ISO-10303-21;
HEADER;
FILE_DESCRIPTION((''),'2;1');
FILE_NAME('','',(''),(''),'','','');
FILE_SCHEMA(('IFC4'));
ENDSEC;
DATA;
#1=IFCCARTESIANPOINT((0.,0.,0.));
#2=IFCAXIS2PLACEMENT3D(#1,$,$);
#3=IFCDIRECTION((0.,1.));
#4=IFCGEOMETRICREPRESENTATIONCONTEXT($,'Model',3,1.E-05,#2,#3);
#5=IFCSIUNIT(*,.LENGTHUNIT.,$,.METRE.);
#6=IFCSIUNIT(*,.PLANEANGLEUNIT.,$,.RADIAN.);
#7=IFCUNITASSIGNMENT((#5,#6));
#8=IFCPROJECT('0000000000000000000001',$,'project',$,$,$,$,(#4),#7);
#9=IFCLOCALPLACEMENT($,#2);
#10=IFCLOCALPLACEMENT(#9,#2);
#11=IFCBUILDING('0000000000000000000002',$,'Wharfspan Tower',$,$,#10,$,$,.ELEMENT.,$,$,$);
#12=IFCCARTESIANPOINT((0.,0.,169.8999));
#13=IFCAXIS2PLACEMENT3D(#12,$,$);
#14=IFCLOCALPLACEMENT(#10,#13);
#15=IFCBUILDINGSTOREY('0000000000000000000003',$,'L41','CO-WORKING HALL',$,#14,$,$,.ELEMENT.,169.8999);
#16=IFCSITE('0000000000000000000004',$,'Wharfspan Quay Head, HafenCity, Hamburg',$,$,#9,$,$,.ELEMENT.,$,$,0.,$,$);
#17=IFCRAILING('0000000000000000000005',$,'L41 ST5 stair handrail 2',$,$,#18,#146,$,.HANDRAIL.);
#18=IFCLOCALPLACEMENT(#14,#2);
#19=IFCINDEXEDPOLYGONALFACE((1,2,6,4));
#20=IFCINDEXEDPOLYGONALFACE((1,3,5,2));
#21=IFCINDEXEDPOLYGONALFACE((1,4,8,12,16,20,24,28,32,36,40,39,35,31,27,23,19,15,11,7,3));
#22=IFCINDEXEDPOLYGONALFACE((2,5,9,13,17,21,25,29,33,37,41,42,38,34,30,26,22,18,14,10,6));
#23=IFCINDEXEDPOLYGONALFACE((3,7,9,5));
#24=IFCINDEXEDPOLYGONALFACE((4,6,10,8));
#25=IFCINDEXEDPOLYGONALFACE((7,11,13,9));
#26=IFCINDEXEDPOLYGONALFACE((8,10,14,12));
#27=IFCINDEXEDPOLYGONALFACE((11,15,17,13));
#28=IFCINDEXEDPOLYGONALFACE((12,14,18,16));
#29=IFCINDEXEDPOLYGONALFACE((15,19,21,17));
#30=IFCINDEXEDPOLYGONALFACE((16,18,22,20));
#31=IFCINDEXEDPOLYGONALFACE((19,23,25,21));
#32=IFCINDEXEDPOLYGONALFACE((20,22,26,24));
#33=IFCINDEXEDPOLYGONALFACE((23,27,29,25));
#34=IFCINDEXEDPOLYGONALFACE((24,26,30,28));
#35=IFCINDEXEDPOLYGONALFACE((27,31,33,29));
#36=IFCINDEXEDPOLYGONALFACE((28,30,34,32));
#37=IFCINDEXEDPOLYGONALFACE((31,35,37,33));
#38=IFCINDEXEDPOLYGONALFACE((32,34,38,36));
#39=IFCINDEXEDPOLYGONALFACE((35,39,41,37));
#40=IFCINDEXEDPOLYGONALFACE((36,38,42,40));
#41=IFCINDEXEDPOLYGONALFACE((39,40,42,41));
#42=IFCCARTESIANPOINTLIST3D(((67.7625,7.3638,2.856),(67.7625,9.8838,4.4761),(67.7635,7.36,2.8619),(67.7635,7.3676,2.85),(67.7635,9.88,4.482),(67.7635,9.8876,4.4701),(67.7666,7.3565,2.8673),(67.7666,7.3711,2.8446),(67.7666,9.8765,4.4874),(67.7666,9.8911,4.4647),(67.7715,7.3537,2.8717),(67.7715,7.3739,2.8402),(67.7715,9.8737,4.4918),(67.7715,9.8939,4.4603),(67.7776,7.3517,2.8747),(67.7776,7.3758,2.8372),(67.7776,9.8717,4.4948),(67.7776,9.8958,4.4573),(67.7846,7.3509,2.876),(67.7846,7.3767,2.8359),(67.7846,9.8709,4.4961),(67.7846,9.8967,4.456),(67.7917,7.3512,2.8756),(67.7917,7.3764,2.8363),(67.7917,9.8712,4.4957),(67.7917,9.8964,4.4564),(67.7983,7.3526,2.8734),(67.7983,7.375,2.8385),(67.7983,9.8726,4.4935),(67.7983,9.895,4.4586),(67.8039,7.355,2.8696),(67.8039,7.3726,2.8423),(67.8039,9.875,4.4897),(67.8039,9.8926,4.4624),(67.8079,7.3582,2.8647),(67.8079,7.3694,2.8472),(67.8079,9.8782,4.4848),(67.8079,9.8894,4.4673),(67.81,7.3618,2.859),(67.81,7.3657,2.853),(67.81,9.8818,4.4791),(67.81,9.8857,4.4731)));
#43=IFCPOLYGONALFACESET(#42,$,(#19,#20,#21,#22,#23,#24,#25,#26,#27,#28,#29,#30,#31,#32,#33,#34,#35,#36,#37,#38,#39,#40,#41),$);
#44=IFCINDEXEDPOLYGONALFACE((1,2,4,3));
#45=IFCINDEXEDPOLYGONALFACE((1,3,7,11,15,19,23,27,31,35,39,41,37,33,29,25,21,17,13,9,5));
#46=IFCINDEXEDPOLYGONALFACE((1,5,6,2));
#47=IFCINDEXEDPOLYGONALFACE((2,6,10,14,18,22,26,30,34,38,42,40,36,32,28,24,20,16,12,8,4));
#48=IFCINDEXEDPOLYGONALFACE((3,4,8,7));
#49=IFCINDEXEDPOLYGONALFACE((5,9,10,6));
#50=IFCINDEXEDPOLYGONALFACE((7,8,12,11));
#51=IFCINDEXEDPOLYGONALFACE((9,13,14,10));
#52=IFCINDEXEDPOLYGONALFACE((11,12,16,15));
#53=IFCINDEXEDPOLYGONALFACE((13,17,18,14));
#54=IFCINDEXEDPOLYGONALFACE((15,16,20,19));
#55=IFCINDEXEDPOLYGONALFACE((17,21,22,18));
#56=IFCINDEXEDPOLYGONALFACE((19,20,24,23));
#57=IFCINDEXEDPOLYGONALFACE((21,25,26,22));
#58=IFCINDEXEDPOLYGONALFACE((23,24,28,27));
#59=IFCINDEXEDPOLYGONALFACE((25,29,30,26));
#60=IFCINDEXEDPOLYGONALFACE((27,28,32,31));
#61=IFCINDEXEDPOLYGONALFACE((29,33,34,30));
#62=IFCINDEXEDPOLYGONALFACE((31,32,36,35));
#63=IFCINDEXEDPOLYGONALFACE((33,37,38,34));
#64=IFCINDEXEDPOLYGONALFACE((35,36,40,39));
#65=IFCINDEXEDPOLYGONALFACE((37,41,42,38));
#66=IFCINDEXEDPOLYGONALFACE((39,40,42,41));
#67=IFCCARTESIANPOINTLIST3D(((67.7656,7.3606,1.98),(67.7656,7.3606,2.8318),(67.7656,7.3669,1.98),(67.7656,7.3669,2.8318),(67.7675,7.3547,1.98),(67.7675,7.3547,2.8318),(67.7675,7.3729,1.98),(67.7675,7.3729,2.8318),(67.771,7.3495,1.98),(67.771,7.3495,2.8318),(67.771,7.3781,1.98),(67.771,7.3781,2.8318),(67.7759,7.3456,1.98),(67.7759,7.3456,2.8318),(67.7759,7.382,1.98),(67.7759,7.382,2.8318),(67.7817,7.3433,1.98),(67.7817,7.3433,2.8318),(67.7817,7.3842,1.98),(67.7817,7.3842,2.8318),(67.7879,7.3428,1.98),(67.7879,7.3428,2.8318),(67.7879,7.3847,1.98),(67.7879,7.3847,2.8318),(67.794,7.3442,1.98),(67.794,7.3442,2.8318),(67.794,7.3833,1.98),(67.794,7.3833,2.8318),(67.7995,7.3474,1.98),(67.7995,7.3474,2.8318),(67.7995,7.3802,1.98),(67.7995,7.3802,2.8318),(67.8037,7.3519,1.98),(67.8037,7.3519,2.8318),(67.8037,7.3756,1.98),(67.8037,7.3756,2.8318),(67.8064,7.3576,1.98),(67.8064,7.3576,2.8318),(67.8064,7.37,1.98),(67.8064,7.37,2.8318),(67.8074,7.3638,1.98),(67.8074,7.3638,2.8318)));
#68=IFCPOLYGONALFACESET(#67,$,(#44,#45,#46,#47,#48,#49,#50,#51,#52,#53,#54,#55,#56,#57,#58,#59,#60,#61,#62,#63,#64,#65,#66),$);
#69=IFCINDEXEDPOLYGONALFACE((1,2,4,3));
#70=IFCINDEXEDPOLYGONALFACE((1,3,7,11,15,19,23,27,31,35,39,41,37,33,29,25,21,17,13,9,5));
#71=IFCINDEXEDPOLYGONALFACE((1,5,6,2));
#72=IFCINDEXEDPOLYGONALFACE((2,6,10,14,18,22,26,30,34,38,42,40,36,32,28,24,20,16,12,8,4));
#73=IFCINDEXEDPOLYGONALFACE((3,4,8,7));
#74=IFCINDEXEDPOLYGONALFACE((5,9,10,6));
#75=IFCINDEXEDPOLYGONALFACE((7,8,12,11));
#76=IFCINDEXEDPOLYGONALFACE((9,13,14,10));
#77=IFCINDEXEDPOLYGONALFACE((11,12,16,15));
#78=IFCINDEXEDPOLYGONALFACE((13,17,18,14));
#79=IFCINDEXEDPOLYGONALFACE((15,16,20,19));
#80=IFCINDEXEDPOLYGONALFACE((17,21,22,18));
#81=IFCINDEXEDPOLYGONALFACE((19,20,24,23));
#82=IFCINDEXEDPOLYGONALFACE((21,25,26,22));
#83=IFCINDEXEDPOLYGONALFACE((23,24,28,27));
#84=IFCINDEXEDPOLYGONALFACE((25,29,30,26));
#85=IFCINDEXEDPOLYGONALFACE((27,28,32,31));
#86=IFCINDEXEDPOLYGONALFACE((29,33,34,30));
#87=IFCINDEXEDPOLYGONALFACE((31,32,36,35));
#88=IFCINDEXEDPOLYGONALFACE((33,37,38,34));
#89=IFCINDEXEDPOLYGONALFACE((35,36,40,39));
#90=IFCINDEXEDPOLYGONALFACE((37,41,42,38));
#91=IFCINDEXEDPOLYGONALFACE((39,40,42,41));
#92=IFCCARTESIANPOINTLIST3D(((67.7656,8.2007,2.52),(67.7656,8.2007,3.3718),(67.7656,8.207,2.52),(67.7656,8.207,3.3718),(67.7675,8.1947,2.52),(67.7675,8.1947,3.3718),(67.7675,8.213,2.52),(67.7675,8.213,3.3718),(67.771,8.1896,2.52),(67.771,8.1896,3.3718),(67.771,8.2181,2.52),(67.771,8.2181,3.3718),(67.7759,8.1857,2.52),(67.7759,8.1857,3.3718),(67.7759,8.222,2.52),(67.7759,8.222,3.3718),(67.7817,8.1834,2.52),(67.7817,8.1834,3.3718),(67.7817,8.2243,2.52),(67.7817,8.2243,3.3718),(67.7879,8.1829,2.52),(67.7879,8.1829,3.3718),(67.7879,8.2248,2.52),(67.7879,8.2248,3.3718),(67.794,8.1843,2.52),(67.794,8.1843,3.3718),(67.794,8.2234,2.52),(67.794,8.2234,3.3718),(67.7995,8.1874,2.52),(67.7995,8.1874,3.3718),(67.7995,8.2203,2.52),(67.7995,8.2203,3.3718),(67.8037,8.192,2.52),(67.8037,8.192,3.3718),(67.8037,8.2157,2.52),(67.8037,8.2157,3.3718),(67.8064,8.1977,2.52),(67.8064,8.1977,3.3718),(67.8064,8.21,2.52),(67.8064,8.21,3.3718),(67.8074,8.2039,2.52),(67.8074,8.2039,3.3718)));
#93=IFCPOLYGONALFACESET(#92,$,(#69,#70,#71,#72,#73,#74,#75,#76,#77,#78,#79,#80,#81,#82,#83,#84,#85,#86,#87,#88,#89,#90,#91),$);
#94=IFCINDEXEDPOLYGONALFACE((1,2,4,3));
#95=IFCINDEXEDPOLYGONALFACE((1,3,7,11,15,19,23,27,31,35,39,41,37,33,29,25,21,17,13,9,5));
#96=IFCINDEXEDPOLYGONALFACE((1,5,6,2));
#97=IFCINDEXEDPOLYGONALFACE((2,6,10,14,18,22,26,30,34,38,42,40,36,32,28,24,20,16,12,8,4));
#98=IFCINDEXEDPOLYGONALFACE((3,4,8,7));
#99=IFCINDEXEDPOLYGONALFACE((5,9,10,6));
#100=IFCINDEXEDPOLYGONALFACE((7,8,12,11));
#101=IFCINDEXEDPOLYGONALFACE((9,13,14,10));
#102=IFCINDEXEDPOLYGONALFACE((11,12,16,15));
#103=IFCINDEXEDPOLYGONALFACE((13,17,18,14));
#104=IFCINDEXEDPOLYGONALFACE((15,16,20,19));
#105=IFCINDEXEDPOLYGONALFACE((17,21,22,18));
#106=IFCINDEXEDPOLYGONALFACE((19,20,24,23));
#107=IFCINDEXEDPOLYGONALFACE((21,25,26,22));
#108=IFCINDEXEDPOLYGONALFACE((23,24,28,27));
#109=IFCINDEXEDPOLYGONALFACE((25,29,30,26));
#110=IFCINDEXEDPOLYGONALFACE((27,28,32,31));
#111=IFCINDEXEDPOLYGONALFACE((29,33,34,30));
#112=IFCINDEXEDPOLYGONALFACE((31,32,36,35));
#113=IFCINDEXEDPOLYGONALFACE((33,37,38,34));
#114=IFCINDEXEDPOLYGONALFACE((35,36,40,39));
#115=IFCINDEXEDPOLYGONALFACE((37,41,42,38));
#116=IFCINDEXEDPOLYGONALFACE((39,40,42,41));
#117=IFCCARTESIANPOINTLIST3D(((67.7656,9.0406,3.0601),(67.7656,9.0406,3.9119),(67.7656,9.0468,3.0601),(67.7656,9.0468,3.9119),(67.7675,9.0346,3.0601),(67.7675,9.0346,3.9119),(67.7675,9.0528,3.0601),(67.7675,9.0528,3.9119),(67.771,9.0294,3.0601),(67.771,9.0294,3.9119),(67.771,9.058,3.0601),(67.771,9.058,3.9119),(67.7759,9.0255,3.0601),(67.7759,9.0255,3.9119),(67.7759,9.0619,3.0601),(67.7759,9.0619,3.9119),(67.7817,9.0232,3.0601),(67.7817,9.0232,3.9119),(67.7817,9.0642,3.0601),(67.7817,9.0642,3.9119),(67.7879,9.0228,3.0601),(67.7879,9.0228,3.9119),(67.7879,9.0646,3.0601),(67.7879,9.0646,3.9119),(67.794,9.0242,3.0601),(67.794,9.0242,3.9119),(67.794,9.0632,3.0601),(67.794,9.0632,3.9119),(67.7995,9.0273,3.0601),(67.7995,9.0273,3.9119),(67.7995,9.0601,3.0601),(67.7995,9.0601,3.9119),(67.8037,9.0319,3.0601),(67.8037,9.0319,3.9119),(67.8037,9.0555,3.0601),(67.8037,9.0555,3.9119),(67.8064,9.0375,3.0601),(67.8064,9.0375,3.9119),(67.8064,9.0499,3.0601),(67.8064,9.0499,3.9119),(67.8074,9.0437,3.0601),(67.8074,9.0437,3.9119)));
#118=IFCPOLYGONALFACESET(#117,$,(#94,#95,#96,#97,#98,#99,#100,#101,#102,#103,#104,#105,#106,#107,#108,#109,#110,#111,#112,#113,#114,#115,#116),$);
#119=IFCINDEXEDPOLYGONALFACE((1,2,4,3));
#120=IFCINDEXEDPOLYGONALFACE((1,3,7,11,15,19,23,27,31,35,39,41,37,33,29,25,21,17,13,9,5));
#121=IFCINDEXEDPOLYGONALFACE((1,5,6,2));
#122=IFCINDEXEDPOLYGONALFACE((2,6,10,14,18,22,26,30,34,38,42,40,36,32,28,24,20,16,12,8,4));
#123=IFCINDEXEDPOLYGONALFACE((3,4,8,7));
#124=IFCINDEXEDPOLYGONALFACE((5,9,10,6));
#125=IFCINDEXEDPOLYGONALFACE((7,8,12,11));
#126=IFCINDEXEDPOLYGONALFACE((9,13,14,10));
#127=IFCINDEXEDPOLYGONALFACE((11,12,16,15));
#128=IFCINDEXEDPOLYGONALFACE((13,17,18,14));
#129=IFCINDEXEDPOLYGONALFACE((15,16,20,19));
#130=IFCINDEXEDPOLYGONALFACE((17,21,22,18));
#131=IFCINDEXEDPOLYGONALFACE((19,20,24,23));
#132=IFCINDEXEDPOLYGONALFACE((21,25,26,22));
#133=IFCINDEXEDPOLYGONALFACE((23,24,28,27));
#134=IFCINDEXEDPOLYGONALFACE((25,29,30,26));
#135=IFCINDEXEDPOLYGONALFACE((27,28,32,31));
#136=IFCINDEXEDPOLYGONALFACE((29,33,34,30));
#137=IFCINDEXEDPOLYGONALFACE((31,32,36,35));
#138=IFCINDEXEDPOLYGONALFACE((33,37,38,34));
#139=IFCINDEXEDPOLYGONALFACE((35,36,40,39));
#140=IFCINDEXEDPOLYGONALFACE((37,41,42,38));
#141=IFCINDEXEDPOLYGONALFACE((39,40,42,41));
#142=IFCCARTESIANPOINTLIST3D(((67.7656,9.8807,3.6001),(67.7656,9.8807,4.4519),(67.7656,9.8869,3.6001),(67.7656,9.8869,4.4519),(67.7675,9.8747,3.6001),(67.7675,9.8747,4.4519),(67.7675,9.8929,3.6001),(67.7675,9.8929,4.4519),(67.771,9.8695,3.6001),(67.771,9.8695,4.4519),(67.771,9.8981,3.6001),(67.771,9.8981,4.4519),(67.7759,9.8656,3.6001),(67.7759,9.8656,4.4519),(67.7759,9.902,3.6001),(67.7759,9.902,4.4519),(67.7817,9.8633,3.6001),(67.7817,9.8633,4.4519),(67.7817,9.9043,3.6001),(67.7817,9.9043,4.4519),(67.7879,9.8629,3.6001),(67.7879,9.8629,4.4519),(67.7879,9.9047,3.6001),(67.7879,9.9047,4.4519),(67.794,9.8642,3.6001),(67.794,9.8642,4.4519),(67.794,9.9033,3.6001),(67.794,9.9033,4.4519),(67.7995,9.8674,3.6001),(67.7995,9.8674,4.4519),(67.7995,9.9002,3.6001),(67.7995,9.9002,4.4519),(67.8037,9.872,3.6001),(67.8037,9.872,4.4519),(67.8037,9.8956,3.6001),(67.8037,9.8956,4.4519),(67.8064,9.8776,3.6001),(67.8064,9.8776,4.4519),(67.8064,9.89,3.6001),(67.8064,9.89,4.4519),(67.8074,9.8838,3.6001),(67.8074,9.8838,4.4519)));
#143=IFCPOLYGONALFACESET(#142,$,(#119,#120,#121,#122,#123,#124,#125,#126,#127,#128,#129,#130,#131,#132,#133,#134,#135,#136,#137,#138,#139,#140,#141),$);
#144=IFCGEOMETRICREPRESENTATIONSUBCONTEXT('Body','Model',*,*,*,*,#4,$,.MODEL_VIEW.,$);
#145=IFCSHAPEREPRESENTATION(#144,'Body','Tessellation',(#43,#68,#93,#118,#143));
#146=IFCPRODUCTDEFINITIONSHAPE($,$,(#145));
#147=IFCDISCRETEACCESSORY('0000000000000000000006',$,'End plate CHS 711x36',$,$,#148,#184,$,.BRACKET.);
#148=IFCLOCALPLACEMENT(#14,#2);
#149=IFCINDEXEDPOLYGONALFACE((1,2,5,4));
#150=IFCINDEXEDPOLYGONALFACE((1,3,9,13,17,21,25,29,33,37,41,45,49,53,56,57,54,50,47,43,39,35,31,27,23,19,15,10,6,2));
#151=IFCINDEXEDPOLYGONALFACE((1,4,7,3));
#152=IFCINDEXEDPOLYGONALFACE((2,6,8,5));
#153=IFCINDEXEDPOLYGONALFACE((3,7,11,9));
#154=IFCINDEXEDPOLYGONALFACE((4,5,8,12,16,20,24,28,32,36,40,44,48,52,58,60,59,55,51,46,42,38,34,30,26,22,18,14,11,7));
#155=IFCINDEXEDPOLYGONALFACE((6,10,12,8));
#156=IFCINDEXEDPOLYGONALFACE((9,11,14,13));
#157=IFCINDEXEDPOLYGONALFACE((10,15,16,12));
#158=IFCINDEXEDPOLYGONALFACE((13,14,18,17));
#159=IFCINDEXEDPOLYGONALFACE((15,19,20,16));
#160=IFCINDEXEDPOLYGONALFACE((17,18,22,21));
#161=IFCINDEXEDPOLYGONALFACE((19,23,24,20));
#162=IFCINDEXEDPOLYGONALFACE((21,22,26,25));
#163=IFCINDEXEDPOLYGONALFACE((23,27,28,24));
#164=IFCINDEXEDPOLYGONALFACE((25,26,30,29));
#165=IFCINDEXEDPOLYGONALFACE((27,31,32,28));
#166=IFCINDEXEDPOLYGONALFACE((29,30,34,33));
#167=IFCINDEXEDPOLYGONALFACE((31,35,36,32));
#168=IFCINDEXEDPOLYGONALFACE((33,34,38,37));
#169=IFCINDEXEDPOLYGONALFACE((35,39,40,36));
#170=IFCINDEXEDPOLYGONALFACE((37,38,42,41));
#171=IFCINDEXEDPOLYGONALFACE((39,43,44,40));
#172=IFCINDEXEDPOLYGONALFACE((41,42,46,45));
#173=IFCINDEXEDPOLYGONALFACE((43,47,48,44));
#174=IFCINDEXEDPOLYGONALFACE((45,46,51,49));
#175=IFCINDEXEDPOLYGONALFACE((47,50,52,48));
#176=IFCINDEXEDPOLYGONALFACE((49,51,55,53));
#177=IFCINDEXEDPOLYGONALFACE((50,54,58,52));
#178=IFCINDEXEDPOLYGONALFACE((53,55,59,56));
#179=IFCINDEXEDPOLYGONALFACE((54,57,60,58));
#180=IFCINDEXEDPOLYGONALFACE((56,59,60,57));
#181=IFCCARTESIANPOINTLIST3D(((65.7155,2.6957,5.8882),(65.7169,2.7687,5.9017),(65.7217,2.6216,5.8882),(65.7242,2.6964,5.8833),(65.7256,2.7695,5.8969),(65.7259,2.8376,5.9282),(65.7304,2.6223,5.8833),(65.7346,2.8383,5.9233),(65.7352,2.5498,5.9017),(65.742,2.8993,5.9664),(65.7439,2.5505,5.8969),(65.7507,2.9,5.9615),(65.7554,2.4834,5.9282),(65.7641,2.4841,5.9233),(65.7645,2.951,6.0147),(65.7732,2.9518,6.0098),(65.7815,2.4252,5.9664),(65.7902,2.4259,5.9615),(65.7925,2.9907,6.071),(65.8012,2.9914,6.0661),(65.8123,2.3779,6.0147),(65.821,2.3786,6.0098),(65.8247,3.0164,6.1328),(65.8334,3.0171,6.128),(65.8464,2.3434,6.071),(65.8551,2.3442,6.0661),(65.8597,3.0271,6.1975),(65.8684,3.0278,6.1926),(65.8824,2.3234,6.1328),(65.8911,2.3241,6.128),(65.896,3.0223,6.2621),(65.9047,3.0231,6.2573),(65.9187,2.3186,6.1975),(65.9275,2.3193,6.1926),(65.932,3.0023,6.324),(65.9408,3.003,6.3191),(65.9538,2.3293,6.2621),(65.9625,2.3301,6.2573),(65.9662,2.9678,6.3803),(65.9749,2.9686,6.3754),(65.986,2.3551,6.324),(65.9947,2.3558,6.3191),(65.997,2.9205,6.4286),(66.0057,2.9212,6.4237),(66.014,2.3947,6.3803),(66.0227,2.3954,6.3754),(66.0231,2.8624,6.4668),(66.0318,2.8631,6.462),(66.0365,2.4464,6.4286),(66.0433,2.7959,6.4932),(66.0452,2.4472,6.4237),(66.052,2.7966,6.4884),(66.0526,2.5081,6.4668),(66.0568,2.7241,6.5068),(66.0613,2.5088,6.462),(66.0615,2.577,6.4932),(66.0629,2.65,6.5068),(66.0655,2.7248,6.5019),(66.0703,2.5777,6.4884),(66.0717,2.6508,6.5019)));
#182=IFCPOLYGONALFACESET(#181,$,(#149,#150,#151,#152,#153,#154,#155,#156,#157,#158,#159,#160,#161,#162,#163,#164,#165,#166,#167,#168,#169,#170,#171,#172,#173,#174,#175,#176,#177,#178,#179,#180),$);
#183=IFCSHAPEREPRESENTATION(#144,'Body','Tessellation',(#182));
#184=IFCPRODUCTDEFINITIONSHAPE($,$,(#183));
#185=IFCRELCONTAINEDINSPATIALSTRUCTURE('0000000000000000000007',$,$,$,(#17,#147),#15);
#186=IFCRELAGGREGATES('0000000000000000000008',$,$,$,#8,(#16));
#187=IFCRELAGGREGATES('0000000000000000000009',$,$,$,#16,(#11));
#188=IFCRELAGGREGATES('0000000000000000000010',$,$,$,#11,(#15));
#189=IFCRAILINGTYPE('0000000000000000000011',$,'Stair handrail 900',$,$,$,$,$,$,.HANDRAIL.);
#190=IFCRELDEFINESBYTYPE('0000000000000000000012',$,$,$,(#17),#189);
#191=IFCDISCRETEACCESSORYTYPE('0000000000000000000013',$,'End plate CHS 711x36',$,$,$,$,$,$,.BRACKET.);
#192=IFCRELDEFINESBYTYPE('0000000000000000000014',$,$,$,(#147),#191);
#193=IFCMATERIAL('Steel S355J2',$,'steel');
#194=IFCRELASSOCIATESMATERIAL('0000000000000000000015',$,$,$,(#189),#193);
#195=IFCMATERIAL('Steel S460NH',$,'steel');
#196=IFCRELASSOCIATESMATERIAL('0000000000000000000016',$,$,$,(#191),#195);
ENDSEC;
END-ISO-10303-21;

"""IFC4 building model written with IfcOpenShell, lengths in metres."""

from ifc_helpers import new_model, si_unit, direction, frame, origin, origin_2d, place, context, subcontext, project, spatial, circle, extrude, material, material_profile, profile_set, type_object, element, save


model = new_model("IFC4")

# Units and contexts
model_context = context("Model", 3, precision=1e-05, world=origin(), true_north=direction((0.0, 1.0)))
body_context = subcontext(model_context, "Body", "Model", "MODEL_VIEW")
ifc_project = project(units=[si_unit("LENGTHUNIT", "METRE"), si_unit("PLANEANGLEUNIT", "RADIAN")], contexts=[model_context])

# Site, building, storey
site_placement = place(None, origin())
site = spatial("IfcSite", under=ifc_project, at=site_placement, Name="Wharfspan Quay Head, HafenCity, Hamburg", CompositionType="ELEMENT", RefElevation=0.0)
building_placement = place(site_placement, origin())
building = spatial("IfcBuilding", under=site, at=building_placement, Name="Wharfspan Tower", CompositionType="ELEMENT")
storey_placement = place(building_placement, frame((0.0, 0.0, 169.8999)))
storey = spatial("IfcBuildingStorey", under=building, at=storey_placement, Name="L41", Description="CO-WORKING HALL", CompositionType="ELEMENT", Elevation=169.8999)

# Shared definitions
ifc_material_1 = material(Name="Steel S355J2", Category="steel")

# Shared definitions
ifc_material_2 = material(Name="Steel S460NH", Category="steel")

# Railing
railing_type_1 = type_object("IfcRailingType", Name="Stair handrail 900", PredefinedType="HANDRAIL", material=ifc_material_1)
railing_1_placement = place(storey_placement, frame((67.7864, 7.3638, 1.98)))
element("IfcRailing", 1, at=railing_1_placement, inside=storey, type_object=railing_type_1, Name="L41 ST5 stair handrail 2", PredefinedType="HANDRAIL", context=body_context, shape_type="SweptSolid", body=[
    extrude(circle(Radius=0.0239, at=origin_2d()), frame((0.0, 0.0, 0.876), z_axis=(0.0, 0.841163, 0.540782), x_axis=(-1.0, 0.0, 0.0)), (0.0, 0.0, 1.0), 2.9958),
    extrude(circle(Radius=0.021, at=origin_2d()), origin(), (0.0, 0.0, 1.0), 0.8518),
    extrude(circle(Radius=0.021, at=origin_2d()), frame((0.0, 0.8401, 0.54)), (0.0, 0.0, 1.0), 0.8518),
    extrude(circle(Radius=0.021, at=origin_2d()), frame((0.0, 1.6799, 1.0801)), (0.0, 0.0, 1.0), 0.8518),
    extrude(circle(Radius=0.021, at=origin_2d()), frame((0.0, 2.52, 1.6201)), (0.0, 0.0, 1.0), 0.8518),
])

# Discrete accessory
ifc_material_profile_1 = material_profile(ifc_material_2, circle(Radius=0.3555, at=origin_2d()))
ifc_profile_set_1 = profile_set([ifc_material_profile_1], Name="Steel S460NH")
discrete_accessory_type = type_object("IfcDiscreteAccessoryType", Name="End plate CHS 711x36", PredefinedType="BRACKET", material=ifc_profile_set_1)
discrete_accessory_placement = place(storey_placement, frame((65.8979, 2.6736, 6.1926), z_axis=(-0.871847, -0.072654, 0.484359), x_axis=(0.083044, -0.996547, -0.000003)))
element("IfcDiscreteAccessory", 2, at=discrete_accessory_placement, inside=storey, type_object=discrete_accessory_type, Name="End plate CHS 711x36", PredefinedType="BRACKET", context=body_context, shape_type="SweptSolid", body=[
    extrude(circle(Radius=0.3555, at=origin_2d()), origin(), (0.0, 0.0, 1.0), 0.01),
])

save(model, "model.ifc")
